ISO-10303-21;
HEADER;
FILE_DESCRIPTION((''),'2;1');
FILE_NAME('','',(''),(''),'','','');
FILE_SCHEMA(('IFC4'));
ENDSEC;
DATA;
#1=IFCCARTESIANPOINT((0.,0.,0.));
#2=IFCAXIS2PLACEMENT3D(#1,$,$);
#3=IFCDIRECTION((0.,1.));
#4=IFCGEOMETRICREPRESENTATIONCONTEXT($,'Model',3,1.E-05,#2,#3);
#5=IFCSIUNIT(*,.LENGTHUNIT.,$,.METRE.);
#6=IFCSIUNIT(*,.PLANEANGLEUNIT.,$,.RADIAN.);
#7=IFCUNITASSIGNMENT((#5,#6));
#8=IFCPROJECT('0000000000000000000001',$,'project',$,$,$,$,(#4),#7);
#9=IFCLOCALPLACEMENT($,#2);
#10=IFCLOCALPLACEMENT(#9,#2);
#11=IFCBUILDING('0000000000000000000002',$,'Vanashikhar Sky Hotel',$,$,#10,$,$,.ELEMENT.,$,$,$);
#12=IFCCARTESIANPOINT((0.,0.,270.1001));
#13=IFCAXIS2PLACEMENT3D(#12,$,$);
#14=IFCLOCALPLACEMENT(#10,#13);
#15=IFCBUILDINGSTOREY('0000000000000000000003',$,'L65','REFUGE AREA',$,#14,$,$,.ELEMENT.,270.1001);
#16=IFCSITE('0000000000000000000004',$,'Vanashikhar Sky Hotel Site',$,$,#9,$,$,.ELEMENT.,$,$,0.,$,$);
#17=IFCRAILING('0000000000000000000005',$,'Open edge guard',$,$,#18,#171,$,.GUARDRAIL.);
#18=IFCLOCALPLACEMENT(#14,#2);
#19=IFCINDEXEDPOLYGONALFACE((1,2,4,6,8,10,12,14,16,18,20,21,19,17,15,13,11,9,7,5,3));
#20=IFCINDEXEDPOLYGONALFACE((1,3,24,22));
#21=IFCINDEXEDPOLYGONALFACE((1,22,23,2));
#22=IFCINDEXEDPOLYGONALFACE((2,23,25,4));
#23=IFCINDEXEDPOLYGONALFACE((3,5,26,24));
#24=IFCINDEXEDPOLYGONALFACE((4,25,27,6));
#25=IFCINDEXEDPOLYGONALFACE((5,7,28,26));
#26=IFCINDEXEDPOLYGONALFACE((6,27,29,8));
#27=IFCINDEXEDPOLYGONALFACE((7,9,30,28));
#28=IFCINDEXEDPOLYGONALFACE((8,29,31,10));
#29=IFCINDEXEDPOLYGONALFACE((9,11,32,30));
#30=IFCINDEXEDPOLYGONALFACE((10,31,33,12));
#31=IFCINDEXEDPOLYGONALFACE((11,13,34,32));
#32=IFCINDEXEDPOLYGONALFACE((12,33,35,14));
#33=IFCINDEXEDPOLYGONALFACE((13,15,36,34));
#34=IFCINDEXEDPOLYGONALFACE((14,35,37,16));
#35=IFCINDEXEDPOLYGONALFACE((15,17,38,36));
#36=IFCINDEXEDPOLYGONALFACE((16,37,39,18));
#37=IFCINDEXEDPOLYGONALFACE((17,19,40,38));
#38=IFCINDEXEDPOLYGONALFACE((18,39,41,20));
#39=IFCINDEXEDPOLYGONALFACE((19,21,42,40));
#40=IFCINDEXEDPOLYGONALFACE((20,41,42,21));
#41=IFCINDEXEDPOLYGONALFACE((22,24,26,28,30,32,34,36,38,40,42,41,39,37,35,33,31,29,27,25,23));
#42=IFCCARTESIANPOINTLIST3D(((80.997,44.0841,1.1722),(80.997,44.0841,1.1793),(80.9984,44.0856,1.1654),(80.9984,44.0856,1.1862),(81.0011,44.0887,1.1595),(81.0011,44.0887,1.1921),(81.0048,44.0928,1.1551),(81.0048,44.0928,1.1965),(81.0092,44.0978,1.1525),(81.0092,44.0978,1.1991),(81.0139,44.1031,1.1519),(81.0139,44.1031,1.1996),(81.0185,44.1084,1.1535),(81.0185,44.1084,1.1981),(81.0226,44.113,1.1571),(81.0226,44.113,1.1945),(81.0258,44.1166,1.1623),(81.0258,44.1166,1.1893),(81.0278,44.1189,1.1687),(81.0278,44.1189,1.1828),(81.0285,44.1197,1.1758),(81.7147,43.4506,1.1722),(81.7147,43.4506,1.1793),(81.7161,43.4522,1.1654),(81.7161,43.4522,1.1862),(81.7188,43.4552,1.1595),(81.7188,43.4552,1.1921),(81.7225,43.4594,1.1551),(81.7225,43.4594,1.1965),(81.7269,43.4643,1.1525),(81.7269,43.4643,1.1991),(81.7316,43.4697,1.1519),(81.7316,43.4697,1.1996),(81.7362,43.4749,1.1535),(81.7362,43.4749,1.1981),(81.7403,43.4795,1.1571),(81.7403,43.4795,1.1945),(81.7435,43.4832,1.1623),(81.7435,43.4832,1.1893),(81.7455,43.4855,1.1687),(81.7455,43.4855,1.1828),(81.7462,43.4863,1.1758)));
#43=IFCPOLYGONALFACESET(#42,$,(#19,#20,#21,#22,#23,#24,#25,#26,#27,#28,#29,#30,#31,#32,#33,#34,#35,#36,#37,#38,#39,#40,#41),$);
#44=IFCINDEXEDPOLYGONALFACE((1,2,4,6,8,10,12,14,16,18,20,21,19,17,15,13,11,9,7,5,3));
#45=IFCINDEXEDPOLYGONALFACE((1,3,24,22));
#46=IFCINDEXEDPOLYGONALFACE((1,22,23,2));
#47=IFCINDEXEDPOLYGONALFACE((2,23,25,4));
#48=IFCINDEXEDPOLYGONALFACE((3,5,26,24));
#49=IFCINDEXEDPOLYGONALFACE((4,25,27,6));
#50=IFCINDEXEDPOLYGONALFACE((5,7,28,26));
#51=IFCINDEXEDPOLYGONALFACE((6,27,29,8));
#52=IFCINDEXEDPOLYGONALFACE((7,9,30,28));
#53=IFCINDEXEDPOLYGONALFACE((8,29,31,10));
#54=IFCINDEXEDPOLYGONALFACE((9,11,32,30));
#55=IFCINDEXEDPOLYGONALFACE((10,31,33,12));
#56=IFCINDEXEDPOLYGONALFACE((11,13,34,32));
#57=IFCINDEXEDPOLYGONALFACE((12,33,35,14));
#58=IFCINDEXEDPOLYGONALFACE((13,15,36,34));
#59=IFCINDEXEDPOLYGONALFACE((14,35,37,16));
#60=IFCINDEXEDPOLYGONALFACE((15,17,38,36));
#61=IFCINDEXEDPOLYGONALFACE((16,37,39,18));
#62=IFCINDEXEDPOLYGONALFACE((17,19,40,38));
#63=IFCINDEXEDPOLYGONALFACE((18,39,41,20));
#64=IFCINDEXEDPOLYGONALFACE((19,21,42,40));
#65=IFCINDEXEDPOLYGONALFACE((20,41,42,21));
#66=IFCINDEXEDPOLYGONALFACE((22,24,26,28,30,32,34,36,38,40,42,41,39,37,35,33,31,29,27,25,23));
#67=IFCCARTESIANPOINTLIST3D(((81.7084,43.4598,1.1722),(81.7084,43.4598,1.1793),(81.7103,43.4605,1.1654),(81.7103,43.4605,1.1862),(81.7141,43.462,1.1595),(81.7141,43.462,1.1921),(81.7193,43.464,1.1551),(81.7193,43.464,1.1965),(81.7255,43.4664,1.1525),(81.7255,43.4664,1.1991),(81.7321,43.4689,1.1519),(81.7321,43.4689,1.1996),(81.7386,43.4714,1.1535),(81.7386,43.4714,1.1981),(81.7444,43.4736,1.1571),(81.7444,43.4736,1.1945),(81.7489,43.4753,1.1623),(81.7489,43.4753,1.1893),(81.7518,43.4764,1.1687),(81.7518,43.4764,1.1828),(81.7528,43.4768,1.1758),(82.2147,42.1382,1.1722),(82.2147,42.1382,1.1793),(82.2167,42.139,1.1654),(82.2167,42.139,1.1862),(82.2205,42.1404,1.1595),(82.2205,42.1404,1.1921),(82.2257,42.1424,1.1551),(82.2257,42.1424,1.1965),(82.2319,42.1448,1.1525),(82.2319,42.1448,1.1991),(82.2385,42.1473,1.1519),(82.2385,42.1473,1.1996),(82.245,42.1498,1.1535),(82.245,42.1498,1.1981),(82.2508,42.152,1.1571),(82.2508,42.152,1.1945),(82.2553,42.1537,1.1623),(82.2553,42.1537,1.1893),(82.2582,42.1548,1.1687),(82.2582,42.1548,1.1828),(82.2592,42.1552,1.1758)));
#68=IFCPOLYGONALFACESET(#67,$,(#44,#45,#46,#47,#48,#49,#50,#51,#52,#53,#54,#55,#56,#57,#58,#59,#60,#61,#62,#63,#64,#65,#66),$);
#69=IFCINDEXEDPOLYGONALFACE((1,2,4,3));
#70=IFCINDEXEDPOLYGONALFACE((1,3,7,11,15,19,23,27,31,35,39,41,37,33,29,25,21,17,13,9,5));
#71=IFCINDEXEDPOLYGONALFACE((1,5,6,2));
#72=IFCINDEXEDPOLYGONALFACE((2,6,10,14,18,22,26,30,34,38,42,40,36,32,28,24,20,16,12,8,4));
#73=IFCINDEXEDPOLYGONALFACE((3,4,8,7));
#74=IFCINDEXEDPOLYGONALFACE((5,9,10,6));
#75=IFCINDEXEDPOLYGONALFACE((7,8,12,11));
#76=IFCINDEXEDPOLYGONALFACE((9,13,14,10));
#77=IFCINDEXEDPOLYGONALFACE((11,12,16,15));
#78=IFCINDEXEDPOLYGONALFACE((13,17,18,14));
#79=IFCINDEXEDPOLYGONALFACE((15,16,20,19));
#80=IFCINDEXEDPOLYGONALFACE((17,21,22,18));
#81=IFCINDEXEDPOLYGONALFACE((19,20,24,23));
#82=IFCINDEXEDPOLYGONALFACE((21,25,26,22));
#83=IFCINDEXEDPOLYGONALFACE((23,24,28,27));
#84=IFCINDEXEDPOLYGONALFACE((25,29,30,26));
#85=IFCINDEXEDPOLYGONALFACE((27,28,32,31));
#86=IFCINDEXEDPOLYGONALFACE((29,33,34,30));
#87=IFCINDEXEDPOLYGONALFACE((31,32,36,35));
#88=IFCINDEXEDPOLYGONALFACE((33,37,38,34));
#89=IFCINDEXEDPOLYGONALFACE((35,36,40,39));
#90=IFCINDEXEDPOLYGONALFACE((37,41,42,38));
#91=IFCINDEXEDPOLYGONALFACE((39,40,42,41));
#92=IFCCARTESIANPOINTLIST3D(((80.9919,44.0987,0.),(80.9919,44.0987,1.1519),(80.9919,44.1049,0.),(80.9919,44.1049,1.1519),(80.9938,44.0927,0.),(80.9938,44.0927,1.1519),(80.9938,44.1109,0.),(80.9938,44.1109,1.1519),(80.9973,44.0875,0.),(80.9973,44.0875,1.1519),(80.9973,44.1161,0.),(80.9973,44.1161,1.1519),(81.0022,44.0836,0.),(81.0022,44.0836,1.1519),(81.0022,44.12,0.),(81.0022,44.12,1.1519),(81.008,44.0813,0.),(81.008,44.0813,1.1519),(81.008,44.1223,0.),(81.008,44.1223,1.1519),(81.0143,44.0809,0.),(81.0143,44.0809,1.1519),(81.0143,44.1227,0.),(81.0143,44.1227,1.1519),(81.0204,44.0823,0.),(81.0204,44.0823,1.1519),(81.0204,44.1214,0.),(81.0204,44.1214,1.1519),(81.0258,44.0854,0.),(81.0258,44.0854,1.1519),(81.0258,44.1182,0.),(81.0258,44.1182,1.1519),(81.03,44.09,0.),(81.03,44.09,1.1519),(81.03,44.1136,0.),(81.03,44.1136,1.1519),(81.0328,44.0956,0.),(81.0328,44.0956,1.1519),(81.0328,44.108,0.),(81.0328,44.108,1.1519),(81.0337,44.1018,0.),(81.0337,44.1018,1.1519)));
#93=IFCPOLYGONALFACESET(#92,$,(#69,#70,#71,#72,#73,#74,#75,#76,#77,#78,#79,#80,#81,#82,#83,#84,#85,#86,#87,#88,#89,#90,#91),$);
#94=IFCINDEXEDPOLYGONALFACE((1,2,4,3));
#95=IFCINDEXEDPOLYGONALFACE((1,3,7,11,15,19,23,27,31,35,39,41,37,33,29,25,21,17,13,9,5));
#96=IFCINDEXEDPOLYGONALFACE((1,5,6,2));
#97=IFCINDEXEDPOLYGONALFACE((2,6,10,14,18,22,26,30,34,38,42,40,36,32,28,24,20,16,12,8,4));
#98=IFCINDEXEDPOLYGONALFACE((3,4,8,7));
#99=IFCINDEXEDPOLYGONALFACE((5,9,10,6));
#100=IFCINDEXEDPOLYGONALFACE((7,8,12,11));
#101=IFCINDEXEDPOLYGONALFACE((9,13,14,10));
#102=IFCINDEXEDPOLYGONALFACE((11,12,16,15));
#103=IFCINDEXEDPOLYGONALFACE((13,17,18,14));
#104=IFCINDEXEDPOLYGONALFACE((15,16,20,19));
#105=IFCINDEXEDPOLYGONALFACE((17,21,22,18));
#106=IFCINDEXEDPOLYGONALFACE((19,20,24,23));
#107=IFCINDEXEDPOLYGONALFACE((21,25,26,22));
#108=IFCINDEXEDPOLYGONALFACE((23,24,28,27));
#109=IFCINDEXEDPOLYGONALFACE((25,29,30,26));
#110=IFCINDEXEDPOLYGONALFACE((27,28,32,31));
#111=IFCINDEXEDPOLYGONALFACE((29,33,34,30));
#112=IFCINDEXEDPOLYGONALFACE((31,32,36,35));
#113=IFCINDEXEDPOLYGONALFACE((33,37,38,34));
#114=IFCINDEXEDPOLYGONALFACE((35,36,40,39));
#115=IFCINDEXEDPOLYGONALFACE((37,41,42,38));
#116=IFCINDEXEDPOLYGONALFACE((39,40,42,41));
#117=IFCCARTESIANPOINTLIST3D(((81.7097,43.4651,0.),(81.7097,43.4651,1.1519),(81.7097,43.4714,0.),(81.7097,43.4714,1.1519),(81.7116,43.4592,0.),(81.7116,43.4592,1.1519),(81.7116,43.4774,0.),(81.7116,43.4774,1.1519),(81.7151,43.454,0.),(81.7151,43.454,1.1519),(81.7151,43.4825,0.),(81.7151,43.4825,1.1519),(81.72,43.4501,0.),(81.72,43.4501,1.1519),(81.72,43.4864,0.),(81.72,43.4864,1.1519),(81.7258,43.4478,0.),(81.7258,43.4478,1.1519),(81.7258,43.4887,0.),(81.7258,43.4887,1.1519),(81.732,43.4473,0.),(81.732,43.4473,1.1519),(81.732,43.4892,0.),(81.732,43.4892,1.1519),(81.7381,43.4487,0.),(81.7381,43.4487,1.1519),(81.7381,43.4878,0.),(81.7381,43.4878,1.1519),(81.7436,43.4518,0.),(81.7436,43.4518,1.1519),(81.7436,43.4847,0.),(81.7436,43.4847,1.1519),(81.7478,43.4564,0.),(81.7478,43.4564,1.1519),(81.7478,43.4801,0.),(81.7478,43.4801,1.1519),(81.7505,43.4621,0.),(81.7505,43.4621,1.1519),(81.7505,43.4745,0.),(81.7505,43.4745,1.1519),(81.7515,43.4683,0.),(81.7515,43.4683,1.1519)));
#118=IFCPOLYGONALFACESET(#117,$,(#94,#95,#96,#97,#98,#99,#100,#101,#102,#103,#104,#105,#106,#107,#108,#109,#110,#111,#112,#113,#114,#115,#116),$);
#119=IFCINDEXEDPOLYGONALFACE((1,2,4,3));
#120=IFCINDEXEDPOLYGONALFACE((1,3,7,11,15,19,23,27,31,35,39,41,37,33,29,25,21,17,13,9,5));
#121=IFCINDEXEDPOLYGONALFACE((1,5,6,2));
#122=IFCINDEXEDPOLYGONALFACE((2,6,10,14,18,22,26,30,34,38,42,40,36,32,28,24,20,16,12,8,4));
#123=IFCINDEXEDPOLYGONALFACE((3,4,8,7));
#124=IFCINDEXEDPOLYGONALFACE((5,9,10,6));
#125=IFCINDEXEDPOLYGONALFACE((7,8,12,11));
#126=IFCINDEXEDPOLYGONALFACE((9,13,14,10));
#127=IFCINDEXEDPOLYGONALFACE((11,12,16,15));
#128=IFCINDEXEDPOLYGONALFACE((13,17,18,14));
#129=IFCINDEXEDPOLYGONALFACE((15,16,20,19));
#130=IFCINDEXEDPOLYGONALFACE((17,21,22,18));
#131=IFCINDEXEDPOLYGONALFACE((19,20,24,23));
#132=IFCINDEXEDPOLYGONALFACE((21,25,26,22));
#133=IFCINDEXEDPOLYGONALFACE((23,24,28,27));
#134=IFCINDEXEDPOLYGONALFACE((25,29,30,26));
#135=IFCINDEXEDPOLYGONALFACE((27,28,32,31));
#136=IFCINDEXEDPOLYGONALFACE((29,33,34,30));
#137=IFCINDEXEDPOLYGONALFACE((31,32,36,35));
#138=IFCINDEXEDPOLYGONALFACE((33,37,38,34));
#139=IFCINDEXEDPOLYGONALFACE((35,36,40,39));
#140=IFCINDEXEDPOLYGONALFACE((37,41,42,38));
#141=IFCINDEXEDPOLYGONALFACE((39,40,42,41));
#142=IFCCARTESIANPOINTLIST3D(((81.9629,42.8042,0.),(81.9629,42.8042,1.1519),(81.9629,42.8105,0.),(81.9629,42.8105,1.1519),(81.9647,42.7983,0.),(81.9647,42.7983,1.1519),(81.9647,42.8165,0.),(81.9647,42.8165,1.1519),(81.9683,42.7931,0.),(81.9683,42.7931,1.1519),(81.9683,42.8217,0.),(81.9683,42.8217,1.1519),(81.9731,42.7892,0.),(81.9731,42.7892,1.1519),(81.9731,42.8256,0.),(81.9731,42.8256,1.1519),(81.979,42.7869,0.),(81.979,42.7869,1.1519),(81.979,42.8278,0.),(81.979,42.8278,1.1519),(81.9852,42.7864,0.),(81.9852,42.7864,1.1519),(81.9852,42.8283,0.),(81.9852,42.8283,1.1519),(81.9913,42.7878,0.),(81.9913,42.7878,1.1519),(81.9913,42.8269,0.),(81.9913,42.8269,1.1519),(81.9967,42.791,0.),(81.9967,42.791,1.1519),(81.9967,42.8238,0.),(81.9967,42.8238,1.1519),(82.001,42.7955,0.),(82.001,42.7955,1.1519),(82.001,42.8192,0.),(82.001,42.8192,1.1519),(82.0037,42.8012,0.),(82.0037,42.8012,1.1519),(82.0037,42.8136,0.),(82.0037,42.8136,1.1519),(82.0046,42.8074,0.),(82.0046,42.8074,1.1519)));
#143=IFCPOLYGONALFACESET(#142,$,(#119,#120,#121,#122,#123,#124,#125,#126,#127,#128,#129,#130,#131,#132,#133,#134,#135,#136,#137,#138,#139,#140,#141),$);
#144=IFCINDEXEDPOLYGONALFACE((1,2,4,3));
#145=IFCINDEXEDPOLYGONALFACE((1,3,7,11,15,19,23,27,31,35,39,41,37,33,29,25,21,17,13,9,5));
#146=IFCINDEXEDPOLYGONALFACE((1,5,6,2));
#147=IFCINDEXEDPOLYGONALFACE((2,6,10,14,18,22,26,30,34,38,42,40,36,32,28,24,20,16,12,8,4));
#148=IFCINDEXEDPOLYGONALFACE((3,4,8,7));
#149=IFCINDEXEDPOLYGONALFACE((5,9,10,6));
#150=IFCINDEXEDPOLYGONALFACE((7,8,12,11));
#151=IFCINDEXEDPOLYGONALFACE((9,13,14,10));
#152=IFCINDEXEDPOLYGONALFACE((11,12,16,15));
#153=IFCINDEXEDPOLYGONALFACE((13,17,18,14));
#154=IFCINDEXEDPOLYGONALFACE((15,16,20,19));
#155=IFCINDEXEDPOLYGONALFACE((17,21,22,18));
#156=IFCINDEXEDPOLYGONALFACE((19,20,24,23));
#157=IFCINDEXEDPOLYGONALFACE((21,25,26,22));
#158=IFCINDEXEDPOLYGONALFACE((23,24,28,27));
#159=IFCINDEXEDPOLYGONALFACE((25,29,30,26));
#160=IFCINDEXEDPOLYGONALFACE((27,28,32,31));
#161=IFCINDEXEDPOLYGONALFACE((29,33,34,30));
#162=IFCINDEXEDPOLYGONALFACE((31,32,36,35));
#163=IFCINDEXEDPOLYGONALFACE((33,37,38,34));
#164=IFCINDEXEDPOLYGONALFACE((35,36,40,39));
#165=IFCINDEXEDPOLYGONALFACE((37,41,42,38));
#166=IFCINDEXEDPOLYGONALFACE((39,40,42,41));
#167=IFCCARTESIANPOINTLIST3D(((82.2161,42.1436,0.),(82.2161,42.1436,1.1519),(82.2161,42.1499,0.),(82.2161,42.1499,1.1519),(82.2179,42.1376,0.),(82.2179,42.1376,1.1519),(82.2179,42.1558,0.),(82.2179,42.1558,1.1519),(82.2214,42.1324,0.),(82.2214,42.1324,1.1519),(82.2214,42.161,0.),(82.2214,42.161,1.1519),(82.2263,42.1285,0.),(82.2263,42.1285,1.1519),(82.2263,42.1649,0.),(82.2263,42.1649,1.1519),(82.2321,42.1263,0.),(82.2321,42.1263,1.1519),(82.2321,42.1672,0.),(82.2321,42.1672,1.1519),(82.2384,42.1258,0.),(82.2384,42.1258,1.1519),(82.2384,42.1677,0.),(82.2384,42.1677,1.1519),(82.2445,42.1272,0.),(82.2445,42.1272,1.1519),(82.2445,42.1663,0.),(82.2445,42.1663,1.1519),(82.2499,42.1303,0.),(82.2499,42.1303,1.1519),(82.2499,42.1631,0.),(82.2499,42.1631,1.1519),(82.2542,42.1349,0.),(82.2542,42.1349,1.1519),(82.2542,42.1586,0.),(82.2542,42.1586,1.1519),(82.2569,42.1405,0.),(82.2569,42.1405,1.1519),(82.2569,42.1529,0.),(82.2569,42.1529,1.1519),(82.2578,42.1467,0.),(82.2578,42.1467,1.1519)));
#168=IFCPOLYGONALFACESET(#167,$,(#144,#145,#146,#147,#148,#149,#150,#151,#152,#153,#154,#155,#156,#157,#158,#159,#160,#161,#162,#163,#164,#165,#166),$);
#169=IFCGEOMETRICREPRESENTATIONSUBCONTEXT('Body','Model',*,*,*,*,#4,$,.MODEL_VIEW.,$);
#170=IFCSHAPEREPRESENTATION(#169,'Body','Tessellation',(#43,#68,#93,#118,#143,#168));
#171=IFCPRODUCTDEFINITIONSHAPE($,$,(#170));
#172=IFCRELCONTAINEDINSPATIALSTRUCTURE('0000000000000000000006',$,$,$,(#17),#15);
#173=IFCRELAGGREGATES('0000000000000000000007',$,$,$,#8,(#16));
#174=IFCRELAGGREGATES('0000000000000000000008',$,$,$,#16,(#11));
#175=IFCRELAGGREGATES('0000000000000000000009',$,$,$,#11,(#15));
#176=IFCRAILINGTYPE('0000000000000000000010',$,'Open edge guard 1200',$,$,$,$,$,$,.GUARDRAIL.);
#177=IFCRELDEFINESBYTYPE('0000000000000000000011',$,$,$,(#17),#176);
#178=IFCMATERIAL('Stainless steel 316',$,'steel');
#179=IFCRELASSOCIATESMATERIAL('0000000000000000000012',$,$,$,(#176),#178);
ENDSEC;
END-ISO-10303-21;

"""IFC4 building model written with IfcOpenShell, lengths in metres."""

from ifc_helpers import new_model, si_unit, direction, frame, origin, origin_2d, place, context, subcontext, project, spatial, circle, extrude, source, transform, mapped, material, type_object, element, save


model = new_model("IFC4")

# Units and contexts
model_context = context("Model", 3, precision=1e-05, world=origin(), true_north=direction((0.0, 1.0)))
body_context = subcontext(model_context, "Body", "Model", "MODEL_VIEW")
ifc_project = project(units=[si_unit("LENGTHUNIT", "METRE"), si_unit("PLANEANGLEUNIT", "RADIAN")], contexts=[model_context])

# Site, building, storey
site_placement = place(None, origin())
site = spatial("IfcSite", under=ifc_project, at=site_placement, Name="Vanashikhar Sky Hotel Site", CompositionType="ELEMENT", RefElevation=0.0)
building_placement = place(site_placement, origin())
building = spatial("IfcBuilding", under=site, at=building_placement, Name="Vanashikhar Sky Hotel", CompositionType="ELEMENT")
storey_placement = place(building_placement, frame((0.0, 0.0, 270.1001)))
storey = spatial("IfcBuildingStorey", under=building, at=storey_placement, Name="L65", Description="REFUGE AREA", CompositionType="ELEMENT", Elevation=270.1001)

# Shared definitions
ifc_material_1 = material(Name="Stainless steel 316", Category="steel")
railing_type = type_object("IfcRailingType", Name="Open edge guard 1200", PredefinedType="GUARDRAIL", material=ifc_material_1)

# Railing
shared_shape_1 = source(origin(), body_context, "Body", "SweptSolid", [
    extrude(circle(Radius=0.0239, at=origin_2d()), frame((0.0, 0.0, 1.1758), z_axis=(0.749726, -0.661748, 0.0), x_axis=(0.661748, 0.749726, 0.0)), (0.0, 0.0, 1.0), 0.9573),
    extrude(circle(Radius=0.0239, at=origin_2d()), frame((0.7178, -0.6335, 1.1758), z_axis=(0.357788, -0.933803, 0.0), x_axis=(0.933803, 0.357788, 0.0)), (0.0, 0.0, 1.0), 1.4153),
    extrude(circle(Radius=0.021, at=origin_2d()), origin(), (0.0, 0.0, 1.0), 1.1519),
    extrude(circle(Radius=0.021, at=origin_2d()), frame((0.7178, -0.6335, 0.0)), (0.0, 0.0, 1.0), 1.1519),
    extrude(circle(Radius=0.021, at=origin_2d()), frame((0.9709, -1.2944, 0.0)), (0.0, 0.0, 1.0), 1.1519),
    extrude(circle(Radius=0.021, at=origin_2d()), frame((1.2241, -1.9551, 0.0)), (0.0, 0.0, 1.0), 1.1519),
])
railing_1_placement = place(storey_placement, frame((81.0127, 44.1018, 0.0)))
element("IfcRailing", 1, at=railing_1_placement, inside=storey, type_object=railing_type, Name="Open edge guard", PredefinedType="GUARDRAIL", context=body_context, shape_type="MappedRepresentation", body=[
    mapped(shared_shape_1, transform((0.0, 0.0, 0.0), scale=1.0)),
])

save(model, "model.ifc")
